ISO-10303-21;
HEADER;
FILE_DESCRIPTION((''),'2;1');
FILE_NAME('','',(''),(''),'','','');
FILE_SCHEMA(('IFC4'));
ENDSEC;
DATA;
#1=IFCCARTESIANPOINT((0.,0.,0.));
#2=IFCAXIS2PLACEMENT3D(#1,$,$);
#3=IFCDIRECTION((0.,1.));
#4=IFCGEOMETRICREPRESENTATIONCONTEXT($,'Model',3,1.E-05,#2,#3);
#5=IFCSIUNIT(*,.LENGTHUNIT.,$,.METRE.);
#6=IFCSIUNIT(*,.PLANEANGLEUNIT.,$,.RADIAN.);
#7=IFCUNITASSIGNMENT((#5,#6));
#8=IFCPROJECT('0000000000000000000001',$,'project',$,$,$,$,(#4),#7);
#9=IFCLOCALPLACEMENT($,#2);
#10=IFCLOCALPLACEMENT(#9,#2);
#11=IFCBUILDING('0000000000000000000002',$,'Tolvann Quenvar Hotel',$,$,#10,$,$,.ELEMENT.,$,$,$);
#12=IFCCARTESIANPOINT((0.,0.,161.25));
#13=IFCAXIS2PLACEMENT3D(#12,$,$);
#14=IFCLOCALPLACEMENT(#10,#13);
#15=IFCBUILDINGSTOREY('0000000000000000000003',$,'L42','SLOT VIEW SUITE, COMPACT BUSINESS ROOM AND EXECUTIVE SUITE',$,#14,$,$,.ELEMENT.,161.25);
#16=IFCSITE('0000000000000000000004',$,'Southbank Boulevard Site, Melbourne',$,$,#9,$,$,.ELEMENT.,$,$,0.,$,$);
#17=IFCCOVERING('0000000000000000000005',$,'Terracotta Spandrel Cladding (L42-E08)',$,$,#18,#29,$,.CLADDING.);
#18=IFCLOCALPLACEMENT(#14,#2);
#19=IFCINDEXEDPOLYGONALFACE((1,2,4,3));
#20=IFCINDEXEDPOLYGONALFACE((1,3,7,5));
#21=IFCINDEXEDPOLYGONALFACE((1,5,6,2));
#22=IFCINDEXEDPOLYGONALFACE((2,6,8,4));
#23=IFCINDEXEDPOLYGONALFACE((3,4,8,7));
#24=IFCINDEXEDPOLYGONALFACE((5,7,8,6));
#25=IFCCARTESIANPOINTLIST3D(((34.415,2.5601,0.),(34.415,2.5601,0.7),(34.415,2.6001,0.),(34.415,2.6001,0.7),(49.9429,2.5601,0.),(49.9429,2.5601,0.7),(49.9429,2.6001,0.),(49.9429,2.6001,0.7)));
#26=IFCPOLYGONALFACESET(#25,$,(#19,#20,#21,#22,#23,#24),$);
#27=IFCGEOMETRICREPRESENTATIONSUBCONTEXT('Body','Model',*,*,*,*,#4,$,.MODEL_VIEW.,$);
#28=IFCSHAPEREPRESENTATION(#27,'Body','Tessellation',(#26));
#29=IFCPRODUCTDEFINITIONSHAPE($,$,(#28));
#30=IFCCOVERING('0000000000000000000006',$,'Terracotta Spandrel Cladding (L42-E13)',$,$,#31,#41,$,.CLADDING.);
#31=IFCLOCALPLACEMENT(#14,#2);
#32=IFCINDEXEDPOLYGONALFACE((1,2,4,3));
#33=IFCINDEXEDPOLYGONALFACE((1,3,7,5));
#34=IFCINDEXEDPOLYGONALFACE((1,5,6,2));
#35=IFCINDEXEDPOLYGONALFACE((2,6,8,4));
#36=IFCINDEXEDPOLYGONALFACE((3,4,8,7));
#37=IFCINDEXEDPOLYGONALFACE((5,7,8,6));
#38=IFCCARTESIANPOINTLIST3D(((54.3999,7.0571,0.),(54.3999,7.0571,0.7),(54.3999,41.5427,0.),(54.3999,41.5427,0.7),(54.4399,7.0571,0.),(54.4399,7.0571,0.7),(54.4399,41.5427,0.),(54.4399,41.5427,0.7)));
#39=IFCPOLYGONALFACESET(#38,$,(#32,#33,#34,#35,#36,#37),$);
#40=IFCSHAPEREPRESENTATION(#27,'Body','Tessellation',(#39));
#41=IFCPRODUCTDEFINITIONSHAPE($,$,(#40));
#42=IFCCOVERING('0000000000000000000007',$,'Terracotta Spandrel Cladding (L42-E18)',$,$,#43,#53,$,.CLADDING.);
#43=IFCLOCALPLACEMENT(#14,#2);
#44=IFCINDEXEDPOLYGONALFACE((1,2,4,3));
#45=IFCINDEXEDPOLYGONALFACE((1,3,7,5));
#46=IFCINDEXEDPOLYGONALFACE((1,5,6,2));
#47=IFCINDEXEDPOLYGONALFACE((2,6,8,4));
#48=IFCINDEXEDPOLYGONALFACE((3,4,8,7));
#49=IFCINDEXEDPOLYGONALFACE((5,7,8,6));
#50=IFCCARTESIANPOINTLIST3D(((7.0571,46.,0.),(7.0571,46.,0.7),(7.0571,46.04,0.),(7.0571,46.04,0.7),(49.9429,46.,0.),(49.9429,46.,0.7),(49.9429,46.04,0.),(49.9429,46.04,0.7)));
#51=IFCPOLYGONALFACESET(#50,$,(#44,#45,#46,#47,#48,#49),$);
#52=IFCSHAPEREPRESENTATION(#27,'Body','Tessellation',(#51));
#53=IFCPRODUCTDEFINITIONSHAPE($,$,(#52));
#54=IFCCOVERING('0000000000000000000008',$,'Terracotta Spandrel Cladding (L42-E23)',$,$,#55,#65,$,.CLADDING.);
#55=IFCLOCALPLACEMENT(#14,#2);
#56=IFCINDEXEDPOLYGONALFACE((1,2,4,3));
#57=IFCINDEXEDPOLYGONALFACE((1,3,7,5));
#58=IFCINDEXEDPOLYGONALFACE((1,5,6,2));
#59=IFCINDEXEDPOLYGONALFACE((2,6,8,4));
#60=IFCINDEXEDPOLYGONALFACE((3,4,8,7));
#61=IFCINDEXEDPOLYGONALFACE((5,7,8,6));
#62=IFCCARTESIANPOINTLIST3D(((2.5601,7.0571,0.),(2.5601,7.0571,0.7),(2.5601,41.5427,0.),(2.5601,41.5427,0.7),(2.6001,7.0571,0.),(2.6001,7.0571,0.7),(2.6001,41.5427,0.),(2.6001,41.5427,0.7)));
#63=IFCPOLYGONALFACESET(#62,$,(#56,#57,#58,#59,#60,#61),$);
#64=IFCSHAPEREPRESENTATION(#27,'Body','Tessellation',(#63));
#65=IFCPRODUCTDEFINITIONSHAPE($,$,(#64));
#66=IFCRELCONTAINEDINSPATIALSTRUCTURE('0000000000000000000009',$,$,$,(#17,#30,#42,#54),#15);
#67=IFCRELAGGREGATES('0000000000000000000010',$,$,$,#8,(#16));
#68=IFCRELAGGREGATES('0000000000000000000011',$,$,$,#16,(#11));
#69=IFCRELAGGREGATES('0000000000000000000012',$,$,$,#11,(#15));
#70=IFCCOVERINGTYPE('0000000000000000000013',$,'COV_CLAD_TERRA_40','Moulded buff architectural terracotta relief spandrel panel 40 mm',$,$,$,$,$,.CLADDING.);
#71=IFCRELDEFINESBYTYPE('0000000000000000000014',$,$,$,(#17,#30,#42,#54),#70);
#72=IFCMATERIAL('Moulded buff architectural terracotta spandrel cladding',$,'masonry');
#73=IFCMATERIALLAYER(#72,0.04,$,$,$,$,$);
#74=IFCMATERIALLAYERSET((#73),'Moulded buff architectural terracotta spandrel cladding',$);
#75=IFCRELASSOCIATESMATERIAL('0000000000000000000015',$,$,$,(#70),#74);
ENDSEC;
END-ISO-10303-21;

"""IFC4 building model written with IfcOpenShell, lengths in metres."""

from ifc_helpers import new_model, si_unit, direction, frame, origin, place, context, subcontext, project, spatial, polyline, outline, extrude, material, layer, layer_set, type_object, element, save


model = new_model("IFC4")

# Units and contexts
model_context = context("Model", 3, precision=1e-05, world=origin(), true_north=direction((0.0, 1.0)))
body_context = subcontext(model_context, "Body", "Model", "MODEL_VIEW")
ifc_project = project(units=[si_unit("LENGTHUNIT", "METRE"), si_unit("PLANEANGLEUNIT", "RADIAN")], contexts=[model_context])

# Site, building, storey
site_placement = place(None, origin())
site = spatial("IfcSite", under=ifc_project, at=site_placement, Name="Southbank Boulevard Site, Melbourne", CompositionType="ELEMENT", RefElevation=0.0)
building_placement = place(site_placement, origin())
building = spatial("IfcBuilding", under=site, at=building_placement, Name="Tolvann Quenvar Hotel", CompositionType="ELEMENT")
storey_placement = place(building_placement, frame((0.0, 0.0, 161.25)))
storey = spatial("IfcBuildingStorey", under=building, at=storey_placement, Name="L42", Description="SLOT VIEW SUITE, COMPACT BUSINESS ROOM AND EXECUTIVE SUITE", CompositionType="ELEMENT", Elevation=161.25)

# Coverings
ifc_material_1 = material(Name="Moulded buff architectural terracotta spandrel cladding", Category="masonry")
ifc_layer_1 = layer(ifc_material_1, 0.04)
ifc_layer_set_1 = layer_set([ifc_layer_1], Name="Moulded buff architectural terracotta spandrel cladding")
covering_type_1 = type_object("IfcCoveringType", Name="COV_CLAD_TERRA_40", Description="Moulded buff architectural terracotta relief spandrel panel 40 mm", PredefinedType="CLADDING", material=ifc_layer_set_1)
covering_1_placement = place(storey_placement, origin())
element("IfcCovering", 1, at=covering_1_placement, inside=storey, type_object=covering_type_1, Name="Terracotta Spandrel Cladding (L42-E08)", PredefinedType="CLADDING", context=body_context, shape_type="SweptSolid", body=[
    extrude(outline(polyline([(34.415, 2.6001), (49.9429, 2.6001), (49.9429, 2.5601), (34.415, 2.5601), (34.415, 2.6001)])), origin(), (0.0, 0.0, 1.0), 0.7),
])
covering_2_placement = place(storey_placement, origin())
element("IfcCovering", 2, at=covering_2_placement, inside=storey, type_object=covering_type_1, Name="Terracotta Spandrel Cladding (L42-E13)", PredefinedType="CLADDING", context=body_context, shape_type="SweptSolid", body=[
    extrude(outline(polyline([(54.3999, 7.0571), (54.3999, 41.5427), (54.4399, 41.5427), (54.4399, 7.0571), (54.3999, 7.0571)])), origin(), (0.0, 0.0, 1.0), 0.7),
])
covering_3_placement = place(storey_placement, origin())
element("IfcCovering", 3, at=covering_3_placement, inside=storey, type_object=covering_type_1, Name="Terracotta Spandrel Cladding (L42-E18)", PredefinedType="CLADDING", context=body_context, shape_type="SweptSolid", body=[
    extrude(outline(polyline([(49.9429, 46.0), (7.0571, 46.0), (7.0571, 46.04), (49.9429, 46.04), (49.9429, 46.0)])), origin(), (0.0, 0.0, 1.0), 0.7),
])
covering_4_placement = place(storey_placement, origin())
element("IfcCovering", 4, at=covering_4_placement, inside=storey, type_object=covering_type_1, Name="Terracotta Spandrel Cladding (L42-E23)", PredefinedType="CLADDING", context=body_context, shape_type="SweptSolid", body=[
    extrude(outline(polyline([(2.6001, 41.5427), (2.6001, 7.0571), (2.5601, 7.0571), (2.5601, 41.5427), (2.6001, 41.5427)])), origin(), (0.0, 0.0, 1.0), 0.7),
])

save(model, "model.ifc")
